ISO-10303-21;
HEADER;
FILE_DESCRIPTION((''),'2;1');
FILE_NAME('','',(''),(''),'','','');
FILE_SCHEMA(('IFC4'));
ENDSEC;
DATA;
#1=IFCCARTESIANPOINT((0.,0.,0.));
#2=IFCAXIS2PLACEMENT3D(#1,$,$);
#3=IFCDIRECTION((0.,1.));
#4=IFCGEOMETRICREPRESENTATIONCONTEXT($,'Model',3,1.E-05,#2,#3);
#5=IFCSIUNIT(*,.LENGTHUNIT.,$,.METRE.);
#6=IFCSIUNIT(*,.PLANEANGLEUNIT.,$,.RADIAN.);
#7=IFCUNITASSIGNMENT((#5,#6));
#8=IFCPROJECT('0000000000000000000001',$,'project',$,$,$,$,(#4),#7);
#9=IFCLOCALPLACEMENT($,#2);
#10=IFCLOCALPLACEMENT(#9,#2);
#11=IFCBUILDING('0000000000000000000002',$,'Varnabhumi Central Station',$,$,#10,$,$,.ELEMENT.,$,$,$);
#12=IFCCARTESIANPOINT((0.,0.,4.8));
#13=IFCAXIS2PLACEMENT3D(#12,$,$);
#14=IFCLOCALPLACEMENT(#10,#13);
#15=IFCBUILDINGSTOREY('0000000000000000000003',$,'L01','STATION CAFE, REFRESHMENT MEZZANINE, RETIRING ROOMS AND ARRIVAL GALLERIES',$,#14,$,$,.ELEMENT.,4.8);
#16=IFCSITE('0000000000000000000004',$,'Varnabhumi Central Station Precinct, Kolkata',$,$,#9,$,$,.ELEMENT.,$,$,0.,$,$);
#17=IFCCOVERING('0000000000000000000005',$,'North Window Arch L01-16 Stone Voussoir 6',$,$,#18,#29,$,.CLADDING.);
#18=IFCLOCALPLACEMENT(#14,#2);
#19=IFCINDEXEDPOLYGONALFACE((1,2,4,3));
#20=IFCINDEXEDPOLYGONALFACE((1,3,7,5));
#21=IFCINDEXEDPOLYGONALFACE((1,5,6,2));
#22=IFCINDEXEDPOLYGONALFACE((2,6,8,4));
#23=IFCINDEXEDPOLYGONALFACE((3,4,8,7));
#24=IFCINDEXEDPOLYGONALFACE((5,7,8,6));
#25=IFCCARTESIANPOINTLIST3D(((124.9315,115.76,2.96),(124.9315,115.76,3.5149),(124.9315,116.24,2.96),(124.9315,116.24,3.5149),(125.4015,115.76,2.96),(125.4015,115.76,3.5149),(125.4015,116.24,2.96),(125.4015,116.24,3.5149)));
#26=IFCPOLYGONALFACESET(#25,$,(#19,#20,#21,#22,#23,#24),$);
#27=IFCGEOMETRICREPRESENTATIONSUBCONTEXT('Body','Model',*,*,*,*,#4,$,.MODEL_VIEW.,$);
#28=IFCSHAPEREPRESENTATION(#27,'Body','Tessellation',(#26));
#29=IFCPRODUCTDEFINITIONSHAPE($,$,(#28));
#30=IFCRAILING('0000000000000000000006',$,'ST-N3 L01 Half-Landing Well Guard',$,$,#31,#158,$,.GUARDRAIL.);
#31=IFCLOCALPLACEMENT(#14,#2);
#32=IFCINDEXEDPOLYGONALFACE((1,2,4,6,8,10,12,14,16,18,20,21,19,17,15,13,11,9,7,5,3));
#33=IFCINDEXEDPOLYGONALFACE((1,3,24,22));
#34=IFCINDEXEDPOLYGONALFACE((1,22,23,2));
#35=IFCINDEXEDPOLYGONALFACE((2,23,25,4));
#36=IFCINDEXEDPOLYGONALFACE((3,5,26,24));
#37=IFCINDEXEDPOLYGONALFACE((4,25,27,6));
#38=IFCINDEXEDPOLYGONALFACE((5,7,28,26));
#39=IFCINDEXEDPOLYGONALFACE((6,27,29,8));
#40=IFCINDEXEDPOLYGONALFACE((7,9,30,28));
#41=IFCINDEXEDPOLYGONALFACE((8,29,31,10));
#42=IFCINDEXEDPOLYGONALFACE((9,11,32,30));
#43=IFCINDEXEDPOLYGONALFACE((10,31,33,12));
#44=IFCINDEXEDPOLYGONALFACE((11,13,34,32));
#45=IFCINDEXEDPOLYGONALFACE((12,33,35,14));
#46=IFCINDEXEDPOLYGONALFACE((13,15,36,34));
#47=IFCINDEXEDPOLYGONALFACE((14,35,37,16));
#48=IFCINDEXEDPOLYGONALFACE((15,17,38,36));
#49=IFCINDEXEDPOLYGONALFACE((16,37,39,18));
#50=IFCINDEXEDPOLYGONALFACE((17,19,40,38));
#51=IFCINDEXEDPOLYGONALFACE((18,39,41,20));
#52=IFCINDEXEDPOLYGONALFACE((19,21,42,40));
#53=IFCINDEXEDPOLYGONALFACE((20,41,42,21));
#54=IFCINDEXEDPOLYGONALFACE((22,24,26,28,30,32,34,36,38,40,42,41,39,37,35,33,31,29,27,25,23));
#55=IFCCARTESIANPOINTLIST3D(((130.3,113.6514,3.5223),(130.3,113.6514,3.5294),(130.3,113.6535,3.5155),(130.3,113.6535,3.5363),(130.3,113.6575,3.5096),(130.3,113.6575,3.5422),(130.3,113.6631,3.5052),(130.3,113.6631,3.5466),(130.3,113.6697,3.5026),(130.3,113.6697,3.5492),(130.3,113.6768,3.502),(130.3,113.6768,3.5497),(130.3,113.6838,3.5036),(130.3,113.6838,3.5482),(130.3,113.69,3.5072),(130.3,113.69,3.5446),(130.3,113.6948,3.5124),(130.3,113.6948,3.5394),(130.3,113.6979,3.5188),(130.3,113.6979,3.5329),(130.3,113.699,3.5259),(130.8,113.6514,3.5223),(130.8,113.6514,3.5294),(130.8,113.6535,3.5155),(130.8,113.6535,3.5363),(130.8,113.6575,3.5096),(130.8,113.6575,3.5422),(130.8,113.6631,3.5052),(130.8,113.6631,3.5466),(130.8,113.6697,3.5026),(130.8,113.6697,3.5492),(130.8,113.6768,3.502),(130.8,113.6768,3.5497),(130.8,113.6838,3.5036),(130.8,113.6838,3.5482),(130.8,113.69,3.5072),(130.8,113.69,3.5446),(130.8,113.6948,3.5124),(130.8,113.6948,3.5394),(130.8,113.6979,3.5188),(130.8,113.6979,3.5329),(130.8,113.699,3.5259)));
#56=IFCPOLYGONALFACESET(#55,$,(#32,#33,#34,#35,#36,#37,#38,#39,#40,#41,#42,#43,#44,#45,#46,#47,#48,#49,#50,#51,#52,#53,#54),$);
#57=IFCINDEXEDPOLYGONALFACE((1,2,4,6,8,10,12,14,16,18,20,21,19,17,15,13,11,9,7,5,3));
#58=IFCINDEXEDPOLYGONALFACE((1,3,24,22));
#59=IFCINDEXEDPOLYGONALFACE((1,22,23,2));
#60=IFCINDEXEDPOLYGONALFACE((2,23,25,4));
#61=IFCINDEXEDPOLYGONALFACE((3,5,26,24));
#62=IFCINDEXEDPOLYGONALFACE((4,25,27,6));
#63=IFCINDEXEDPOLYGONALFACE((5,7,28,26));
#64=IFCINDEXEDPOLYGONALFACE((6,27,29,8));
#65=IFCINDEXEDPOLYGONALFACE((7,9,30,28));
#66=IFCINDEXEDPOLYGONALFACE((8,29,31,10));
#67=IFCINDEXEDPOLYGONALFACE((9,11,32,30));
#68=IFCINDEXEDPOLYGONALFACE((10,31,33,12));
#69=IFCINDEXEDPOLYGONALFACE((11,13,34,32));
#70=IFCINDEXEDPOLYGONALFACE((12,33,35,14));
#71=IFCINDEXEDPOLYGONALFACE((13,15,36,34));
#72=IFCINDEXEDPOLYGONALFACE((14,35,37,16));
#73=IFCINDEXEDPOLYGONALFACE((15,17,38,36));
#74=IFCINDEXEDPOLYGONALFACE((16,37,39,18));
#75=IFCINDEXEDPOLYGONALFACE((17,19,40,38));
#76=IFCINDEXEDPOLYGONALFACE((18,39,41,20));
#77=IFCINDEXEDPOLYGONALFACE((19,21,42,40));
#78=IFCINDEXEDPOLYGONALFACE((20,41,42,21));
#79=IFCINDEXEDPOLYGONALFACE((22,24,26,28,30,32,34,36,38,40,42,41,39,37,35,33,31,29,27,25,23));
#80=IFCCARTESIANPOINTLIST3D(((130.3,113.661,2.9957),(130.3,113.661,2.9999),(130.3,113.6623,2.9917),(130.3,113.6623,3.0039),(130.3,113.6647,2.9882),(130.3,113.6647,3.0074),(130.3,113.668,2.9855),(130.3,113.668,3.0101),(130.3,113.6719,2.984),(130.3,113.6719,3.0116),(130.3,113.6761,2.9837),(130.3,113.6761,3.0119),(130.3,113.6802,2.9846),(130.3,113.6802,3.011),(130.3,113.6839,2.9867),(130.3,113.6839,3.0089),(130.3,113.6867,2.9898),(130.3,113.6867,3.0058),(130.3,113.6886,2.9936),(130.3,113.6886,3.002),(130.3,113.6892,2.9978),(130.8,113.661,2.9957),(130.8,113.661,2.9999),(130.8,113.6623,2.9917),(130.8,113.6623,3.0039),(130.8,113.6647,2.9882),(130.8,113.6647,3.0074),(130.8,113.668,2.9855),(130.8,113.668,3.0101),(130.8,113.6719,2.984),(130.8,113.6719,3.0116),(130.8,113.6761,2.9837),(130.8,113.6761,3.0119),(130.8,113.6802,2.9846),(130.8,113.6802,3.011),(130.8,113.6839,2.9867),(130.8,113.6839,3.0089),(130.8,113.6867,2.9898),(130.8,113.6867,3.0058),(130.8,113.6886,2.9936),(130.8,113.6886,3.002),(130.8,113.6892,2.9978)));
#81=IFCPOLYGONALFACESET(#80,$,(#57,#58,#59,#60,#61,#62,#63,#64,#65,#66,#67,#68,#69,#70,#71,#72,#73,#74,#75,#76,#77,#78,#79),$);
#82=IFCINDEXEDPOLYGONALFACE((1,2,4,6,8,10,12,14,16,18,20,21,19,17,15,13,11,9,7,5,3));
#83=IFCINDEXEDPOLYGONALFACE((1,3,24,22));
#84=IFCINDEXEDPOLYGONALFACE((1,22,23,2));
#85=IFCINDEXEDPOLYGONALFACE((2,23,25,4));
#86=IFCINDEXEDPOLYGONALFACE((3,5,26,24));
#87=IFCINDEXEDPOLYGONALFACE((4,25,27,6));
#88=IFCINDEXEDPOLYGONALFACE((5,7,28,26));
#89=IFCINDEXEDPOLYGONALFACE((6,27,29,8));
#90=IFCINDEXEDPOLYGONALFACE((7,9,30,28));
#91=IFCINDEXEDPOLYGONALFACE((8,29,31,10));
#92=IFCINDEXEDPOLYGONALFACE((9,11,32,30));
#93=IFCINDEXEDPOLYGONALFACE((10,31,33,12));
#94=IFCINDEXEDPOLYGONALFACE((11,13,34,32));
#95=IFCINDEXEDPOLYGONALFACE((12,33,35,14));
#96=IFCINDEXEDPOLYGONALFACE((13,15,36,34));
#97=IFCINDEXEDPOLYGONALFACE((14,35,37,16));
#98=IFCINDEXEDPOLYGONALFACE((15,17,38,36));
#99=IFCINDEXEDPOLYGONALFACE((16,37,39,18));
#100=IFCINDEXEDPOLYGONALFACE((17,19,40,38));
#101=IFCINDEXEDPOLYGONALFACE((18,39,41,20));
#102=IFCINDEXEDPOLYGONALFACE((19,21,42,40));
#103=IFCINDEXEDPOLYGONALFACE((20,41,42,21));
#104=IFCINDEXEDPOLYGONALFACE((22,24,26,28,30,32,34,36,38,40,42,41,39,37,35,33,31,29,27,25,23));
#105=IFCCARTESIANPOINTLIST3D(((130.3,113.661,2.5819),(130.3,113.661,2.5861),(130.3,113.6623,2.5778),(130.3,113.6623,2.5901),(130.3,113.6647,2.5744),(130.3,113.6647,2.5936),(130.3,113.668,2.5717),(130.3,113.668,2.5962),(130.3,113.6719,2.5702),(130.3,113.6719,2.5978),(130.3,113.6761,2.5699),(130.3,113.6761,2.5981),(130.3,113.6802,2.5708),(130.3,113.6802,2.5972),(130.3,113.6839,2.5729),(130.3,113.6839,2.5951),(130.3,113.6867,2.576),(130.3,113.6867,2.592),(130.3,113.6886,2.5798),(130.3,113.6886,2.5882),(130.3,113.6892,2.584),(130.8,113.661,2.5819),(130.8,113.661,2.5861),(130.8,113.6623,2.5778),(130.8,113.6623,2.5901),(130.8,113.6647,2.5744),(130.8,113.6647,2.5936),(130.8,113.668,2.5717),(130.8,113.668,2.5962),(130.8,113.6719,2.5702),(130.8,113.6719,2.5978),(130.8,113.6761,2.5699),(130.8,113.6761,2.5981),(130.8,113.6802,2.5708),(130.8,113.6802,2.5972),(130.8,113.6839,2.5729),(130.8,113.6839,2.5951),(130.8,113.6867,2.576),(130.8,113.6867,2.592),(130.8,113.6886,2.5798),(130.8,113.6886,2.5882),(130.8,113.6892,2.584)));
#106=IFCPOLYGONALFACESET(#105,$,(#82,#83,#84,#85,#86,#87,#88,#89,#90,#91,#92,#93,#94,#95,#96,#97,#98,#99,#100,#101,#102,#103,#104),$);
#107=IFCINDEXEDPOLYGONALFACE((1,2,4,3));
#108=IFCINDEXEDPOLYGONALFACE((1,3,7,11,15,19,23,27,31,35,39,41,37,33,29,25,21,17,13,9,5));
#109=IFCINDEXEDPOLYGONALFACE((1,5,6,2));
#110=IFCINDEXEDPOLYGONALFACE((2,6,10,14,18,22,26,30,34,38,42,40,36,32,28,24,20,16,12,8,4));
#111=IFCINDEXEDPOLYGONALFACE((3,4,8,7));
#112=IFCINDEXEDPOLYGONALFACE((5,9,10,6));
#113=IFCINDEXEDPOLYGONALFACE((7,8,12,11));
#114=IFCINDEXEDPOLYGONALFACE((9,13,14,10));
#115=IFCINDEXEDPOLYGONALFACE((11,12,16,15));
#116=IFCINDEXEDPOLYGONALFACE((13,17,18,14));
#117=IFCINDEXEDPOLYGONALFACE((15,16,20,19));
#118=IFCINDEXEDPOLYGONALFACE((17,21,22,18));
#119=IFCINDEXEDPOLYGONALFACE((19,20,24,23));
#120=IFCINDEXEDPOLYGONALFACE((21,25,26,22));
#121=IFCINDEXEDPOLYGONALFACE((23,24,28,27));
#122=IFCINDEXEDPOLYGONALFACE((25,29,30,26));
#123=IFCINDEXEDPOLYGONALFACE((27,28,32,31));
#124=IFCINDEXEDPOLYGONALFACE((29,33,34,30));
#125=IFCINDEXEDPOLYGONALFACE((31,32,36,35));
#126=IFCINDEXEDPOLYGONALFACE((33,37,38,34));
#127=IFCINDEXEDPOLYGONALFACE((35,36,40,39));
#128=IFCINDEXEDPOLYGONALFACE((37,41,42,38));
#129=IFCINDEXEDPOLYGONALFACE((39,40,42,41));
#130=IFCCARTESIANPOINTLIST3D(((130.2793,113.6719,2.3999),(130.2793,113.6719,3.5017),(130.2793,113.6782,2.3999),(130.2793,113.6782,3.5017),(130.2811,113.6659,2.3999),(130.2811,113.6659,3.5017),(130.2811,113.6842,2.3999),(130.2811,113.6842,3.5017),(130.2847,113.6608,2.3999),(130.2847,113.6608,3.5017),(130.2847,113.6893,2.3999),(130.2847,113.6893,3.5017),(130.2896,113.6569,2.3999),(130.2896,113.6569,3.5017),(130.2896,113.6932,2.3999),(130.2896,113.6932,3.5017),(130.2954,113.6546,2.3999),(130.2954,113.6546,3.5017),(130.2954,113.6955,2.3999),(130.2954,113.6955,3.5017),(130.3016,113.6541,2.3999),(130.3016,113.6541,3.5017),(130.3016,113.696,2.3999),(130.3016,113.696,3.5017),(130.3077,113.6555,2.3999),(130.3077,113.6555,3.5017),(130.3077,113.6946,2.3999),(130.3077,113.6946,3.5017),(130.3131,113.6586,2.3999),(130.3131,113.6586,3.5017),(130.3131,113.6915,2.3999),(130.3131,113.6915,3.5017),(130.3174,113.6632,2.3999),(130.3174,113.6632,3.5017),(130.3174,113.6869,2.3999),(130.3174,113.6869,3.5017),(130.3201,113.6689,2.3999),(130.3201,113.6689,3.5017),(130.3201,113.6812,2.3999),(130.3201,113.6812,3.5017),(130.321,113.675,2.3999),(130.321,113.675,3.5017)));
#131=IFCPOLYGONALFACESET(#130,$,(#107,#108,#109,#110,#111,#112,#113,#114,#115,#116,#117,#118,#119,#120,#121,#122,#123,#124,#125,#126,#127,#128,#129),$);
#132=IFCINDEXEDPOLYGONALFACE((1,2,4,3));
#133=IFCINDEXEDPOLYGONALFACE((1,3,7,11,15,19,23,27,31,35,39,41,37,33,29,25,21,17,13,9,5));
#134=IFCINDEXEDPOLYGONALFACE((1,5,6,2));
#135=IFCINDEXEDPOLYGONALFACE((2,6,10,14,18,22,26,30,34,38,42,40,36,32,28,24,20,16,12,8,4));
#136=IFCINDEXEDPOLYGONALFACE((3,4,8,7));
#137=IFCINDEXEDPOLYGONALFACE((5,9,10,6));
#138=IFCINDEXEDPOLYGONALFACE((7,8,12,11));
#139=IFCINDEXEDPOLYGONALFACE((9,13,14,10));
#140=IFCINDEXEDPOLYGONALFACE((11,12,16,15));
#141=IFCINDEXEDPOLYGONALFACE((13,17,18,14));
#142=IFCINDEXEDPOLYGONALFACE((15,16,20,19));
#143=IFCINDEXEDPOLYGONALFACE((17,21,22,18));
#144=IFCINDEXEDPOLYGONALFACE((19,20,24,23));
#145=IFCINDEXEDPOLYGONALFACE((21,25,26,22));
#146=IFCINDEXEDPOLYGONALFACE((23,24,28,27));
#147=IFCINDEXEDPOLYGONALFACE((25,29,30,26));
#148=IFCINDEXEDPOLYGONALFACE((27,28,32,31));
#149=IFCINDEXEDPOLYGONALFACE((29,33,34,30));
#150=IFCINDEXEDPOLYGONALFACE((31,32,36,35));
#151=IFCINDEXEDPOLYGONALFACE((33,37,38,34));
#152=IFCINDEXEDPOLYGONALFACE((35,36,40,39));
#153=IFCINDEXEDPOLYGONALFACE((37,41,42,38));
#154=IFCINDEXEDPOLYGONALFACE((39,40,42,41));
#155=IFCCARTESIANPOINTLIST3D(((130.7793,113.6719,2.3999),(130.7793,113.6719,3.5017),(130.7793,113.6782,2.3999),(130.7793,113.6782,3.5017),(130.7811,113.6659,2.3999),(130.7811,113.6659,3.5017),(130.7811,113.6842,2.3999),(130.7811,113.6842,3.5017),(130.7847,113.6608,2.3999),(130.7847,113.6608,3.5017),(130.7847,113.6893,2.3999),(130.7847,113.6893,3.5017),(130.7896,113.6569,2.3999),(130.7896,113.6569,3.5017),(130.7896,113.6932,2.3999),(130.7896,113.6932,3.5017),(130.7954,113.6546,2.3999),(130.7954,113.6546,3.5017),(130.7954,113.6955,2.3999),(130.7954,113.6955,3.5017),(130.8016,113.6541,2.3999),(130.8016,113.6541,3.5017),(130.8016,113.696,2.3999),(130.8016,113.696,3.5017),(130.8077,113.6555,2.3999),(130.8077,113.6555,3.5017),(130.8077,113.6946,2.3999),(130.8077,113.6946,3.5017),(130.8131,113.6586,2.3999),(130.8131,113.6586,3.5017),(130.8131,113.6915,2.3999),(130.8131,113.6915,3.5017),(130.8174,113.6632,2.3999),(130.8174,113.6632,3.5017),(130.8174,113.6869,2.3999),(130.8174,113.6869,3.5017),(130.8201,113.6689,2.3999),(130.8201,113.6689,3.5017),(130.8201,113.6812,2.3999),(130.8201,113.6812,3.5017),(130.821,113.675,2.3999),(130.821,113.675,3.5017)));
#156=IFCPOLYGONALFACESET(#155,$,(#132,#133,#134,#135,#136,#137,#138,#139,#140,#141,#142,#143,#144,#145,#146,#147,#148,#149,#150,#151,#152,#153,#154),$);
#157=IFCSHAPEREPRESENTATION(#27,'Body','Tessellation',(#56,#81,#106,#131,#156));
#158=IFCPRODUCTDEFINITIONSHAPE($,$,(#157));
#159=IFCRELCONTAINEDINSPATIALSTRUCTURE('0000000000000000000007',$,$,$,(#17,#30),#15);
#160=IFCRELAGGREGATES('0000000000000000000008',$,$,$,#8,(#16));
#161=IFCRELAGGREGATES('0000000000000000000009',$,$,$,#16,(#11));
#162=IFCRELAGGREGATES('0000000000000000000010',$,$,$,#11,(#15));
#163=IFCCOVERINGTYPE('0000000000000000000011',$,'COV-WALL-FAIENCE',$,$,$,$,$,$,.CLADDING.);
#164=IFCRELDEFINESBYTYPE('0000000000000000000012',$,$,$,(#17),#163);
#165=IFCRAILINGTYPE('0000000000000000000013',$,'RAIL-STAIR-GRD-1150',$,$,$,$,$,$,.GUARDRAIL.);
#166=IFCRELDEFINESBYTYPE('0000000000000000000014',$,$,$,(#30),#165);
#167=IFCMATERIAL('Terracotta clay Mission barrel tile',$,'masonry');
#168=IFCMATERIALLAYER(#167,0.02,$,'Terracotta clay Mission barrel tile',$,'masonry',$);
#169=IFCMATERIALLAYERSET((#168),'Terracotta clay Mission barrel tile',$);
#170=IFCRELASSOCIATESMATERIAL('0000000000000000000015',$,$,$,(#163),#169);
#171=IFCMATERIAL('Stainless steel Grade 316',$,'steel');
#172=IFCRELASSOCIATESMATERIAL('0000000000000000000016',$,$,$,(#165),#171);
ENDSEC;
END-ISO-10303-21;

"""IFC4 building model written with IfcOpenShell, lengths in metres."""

from ifc_helpers import new_model, si_unit, direction, frame, origin, origin_2d, place, context, subcontext, project, spatial, rectangle, circle, extrude, material, layer, layer_set, type_object, element, save


model = new_model("IFC4")

# Units and contexts
model_context = context("Model", 3, precision=1e-05, world=origin(), true_north=direction((0.0, 1.0)))
body_context = subcontext(model_context, "Body", "Model", "MODEL_VIEW")
ifc_project = project(units=[si_unit("LENGTHUNIT", "METRE"), si_unit("PLANEANGLEUNIT", "RADIAN")], contexts=[model_context])

# Site, building, storey
site_placement = place(None, origin())
site = spatial("IfcSite", under=ifc_project, at=site_placement, Name="Varnabhumi Central Station Precinct, Kolkata", CompositionType="ELEMENT", RefElevation=0.0)
building_placement = place(site_placement, origin())
building = spatial("IfcBuilding", under=site, at=building_placement, Name="Varnabhumi Central Station", CompositionType="ELEMENT")
storey_placement = place(building_placement, frame((0.0, 0.0, 4.8)))
storey = spatial("IfcBuildingStorey", under=building, at=storey_placement, Name="L01", Description="STATION CAFE, REFRESHMENT MEZZANINE, RETIRING ROOMS AND ARRIVAL GALLERIES", CompositionType="ELEMENT", Elevation=4.8)

# Shared definitions
ifc_material_1 = material(Name="Stainless steel Grade 316", Category="steel")

# Covering
ifc_material_2 = material(Name="Terracotta clay Mission barrel tile", Category="masonry")
ifc_layer_1 = layer(ifc_material_2, 0.02, Name="Terracotta clay Mission barrel tile", Category="masonry")
ifc_layer_set_1 = layer_set([ifc_layer_1], Name="Terracotta clay Mission barrel tile")
covering_type = type_object("IfcCoveringType", Name="COV-WALL-FAIENCE", PredefinedType="CLADDING", material=ifc_layer_set_1)
covering_1_placement = place(storey_placement, frame((125.1665, 116.0, 2.96), z_axis=(0.0, 0.0, 1.0), x_axis=(1.0, 0.0, 0.0)))
element("IfcCovering", 1, at=covering_1_placement, inside=storey, type_object=covering_type, Name="North Window Arch L01-16 Stone Voussoir 6", PredefinedType="CLADDING", context=body_context, shape_type="SweptSolid", body=[
    extrude(rectangle(XDim=0.47, YDim=0.48, at=origin_2d()), origin(), (0.0, 0.0, 1.0), 0.5549),
])

# Railing
railing_type_1 = type_object("IfcRailingType", Name="RAIL-STAIR-GRD-1150", PredefinedType="GUARDRAIL", material=ifc_material_1)
for number, where, name in (
    (2, (130.3, 113.675, 2.3999), "ST-N3 L01 Half-Landing Well Guard"),
):
    element("IfcRailing", number, at=place(storey_placement, frame(where)), inside=storey, type_object=railing_type_1, Name=name, PredefinedType="GUARDRAIL", context=body_context, shape_type="SweptSolid", body=[
        extrude(circle(Radius=0.0239, at=origin_2d()), frame((0.0, 0.0, 1.126), z_axis=(1.0, 0.0, 0.0), x_axis=(0.0, 1.0, 0.0)), (0.0, 0.0, 1.0), 0.5),
        extrude(circle(Radius=0.0142, at=origin_2d()), frame((0.0, 0.0, 0.5979), z_axis=(1.0, 0.0, 0.0), x_axis=(0.0, 1.0, 0.0)), (0.0, 0.0, 1.0), 0.5),
        extrude(circle(Radius=0.0142, at=origin_2d()), frame((0.0, 0.0, 0.1841), z_axis=(1.0, 0.0, 0.0), x_axis=(0.0, 1.0, 0.0)), (0.0, 0.0, 1.0), 0.5),
        extrude(circle(Radius=0.021, at=origin_2d()), origin(), (0.0, 0.0, 1.0), 1.1018),
        extrude(circle(Radius=0.021, at=origin_2d()), frame((0.5, 0.0, 0.0)), (0.0, 0.0, 1.0), 1.1018),
    ])

save(model, "model.ifc")
